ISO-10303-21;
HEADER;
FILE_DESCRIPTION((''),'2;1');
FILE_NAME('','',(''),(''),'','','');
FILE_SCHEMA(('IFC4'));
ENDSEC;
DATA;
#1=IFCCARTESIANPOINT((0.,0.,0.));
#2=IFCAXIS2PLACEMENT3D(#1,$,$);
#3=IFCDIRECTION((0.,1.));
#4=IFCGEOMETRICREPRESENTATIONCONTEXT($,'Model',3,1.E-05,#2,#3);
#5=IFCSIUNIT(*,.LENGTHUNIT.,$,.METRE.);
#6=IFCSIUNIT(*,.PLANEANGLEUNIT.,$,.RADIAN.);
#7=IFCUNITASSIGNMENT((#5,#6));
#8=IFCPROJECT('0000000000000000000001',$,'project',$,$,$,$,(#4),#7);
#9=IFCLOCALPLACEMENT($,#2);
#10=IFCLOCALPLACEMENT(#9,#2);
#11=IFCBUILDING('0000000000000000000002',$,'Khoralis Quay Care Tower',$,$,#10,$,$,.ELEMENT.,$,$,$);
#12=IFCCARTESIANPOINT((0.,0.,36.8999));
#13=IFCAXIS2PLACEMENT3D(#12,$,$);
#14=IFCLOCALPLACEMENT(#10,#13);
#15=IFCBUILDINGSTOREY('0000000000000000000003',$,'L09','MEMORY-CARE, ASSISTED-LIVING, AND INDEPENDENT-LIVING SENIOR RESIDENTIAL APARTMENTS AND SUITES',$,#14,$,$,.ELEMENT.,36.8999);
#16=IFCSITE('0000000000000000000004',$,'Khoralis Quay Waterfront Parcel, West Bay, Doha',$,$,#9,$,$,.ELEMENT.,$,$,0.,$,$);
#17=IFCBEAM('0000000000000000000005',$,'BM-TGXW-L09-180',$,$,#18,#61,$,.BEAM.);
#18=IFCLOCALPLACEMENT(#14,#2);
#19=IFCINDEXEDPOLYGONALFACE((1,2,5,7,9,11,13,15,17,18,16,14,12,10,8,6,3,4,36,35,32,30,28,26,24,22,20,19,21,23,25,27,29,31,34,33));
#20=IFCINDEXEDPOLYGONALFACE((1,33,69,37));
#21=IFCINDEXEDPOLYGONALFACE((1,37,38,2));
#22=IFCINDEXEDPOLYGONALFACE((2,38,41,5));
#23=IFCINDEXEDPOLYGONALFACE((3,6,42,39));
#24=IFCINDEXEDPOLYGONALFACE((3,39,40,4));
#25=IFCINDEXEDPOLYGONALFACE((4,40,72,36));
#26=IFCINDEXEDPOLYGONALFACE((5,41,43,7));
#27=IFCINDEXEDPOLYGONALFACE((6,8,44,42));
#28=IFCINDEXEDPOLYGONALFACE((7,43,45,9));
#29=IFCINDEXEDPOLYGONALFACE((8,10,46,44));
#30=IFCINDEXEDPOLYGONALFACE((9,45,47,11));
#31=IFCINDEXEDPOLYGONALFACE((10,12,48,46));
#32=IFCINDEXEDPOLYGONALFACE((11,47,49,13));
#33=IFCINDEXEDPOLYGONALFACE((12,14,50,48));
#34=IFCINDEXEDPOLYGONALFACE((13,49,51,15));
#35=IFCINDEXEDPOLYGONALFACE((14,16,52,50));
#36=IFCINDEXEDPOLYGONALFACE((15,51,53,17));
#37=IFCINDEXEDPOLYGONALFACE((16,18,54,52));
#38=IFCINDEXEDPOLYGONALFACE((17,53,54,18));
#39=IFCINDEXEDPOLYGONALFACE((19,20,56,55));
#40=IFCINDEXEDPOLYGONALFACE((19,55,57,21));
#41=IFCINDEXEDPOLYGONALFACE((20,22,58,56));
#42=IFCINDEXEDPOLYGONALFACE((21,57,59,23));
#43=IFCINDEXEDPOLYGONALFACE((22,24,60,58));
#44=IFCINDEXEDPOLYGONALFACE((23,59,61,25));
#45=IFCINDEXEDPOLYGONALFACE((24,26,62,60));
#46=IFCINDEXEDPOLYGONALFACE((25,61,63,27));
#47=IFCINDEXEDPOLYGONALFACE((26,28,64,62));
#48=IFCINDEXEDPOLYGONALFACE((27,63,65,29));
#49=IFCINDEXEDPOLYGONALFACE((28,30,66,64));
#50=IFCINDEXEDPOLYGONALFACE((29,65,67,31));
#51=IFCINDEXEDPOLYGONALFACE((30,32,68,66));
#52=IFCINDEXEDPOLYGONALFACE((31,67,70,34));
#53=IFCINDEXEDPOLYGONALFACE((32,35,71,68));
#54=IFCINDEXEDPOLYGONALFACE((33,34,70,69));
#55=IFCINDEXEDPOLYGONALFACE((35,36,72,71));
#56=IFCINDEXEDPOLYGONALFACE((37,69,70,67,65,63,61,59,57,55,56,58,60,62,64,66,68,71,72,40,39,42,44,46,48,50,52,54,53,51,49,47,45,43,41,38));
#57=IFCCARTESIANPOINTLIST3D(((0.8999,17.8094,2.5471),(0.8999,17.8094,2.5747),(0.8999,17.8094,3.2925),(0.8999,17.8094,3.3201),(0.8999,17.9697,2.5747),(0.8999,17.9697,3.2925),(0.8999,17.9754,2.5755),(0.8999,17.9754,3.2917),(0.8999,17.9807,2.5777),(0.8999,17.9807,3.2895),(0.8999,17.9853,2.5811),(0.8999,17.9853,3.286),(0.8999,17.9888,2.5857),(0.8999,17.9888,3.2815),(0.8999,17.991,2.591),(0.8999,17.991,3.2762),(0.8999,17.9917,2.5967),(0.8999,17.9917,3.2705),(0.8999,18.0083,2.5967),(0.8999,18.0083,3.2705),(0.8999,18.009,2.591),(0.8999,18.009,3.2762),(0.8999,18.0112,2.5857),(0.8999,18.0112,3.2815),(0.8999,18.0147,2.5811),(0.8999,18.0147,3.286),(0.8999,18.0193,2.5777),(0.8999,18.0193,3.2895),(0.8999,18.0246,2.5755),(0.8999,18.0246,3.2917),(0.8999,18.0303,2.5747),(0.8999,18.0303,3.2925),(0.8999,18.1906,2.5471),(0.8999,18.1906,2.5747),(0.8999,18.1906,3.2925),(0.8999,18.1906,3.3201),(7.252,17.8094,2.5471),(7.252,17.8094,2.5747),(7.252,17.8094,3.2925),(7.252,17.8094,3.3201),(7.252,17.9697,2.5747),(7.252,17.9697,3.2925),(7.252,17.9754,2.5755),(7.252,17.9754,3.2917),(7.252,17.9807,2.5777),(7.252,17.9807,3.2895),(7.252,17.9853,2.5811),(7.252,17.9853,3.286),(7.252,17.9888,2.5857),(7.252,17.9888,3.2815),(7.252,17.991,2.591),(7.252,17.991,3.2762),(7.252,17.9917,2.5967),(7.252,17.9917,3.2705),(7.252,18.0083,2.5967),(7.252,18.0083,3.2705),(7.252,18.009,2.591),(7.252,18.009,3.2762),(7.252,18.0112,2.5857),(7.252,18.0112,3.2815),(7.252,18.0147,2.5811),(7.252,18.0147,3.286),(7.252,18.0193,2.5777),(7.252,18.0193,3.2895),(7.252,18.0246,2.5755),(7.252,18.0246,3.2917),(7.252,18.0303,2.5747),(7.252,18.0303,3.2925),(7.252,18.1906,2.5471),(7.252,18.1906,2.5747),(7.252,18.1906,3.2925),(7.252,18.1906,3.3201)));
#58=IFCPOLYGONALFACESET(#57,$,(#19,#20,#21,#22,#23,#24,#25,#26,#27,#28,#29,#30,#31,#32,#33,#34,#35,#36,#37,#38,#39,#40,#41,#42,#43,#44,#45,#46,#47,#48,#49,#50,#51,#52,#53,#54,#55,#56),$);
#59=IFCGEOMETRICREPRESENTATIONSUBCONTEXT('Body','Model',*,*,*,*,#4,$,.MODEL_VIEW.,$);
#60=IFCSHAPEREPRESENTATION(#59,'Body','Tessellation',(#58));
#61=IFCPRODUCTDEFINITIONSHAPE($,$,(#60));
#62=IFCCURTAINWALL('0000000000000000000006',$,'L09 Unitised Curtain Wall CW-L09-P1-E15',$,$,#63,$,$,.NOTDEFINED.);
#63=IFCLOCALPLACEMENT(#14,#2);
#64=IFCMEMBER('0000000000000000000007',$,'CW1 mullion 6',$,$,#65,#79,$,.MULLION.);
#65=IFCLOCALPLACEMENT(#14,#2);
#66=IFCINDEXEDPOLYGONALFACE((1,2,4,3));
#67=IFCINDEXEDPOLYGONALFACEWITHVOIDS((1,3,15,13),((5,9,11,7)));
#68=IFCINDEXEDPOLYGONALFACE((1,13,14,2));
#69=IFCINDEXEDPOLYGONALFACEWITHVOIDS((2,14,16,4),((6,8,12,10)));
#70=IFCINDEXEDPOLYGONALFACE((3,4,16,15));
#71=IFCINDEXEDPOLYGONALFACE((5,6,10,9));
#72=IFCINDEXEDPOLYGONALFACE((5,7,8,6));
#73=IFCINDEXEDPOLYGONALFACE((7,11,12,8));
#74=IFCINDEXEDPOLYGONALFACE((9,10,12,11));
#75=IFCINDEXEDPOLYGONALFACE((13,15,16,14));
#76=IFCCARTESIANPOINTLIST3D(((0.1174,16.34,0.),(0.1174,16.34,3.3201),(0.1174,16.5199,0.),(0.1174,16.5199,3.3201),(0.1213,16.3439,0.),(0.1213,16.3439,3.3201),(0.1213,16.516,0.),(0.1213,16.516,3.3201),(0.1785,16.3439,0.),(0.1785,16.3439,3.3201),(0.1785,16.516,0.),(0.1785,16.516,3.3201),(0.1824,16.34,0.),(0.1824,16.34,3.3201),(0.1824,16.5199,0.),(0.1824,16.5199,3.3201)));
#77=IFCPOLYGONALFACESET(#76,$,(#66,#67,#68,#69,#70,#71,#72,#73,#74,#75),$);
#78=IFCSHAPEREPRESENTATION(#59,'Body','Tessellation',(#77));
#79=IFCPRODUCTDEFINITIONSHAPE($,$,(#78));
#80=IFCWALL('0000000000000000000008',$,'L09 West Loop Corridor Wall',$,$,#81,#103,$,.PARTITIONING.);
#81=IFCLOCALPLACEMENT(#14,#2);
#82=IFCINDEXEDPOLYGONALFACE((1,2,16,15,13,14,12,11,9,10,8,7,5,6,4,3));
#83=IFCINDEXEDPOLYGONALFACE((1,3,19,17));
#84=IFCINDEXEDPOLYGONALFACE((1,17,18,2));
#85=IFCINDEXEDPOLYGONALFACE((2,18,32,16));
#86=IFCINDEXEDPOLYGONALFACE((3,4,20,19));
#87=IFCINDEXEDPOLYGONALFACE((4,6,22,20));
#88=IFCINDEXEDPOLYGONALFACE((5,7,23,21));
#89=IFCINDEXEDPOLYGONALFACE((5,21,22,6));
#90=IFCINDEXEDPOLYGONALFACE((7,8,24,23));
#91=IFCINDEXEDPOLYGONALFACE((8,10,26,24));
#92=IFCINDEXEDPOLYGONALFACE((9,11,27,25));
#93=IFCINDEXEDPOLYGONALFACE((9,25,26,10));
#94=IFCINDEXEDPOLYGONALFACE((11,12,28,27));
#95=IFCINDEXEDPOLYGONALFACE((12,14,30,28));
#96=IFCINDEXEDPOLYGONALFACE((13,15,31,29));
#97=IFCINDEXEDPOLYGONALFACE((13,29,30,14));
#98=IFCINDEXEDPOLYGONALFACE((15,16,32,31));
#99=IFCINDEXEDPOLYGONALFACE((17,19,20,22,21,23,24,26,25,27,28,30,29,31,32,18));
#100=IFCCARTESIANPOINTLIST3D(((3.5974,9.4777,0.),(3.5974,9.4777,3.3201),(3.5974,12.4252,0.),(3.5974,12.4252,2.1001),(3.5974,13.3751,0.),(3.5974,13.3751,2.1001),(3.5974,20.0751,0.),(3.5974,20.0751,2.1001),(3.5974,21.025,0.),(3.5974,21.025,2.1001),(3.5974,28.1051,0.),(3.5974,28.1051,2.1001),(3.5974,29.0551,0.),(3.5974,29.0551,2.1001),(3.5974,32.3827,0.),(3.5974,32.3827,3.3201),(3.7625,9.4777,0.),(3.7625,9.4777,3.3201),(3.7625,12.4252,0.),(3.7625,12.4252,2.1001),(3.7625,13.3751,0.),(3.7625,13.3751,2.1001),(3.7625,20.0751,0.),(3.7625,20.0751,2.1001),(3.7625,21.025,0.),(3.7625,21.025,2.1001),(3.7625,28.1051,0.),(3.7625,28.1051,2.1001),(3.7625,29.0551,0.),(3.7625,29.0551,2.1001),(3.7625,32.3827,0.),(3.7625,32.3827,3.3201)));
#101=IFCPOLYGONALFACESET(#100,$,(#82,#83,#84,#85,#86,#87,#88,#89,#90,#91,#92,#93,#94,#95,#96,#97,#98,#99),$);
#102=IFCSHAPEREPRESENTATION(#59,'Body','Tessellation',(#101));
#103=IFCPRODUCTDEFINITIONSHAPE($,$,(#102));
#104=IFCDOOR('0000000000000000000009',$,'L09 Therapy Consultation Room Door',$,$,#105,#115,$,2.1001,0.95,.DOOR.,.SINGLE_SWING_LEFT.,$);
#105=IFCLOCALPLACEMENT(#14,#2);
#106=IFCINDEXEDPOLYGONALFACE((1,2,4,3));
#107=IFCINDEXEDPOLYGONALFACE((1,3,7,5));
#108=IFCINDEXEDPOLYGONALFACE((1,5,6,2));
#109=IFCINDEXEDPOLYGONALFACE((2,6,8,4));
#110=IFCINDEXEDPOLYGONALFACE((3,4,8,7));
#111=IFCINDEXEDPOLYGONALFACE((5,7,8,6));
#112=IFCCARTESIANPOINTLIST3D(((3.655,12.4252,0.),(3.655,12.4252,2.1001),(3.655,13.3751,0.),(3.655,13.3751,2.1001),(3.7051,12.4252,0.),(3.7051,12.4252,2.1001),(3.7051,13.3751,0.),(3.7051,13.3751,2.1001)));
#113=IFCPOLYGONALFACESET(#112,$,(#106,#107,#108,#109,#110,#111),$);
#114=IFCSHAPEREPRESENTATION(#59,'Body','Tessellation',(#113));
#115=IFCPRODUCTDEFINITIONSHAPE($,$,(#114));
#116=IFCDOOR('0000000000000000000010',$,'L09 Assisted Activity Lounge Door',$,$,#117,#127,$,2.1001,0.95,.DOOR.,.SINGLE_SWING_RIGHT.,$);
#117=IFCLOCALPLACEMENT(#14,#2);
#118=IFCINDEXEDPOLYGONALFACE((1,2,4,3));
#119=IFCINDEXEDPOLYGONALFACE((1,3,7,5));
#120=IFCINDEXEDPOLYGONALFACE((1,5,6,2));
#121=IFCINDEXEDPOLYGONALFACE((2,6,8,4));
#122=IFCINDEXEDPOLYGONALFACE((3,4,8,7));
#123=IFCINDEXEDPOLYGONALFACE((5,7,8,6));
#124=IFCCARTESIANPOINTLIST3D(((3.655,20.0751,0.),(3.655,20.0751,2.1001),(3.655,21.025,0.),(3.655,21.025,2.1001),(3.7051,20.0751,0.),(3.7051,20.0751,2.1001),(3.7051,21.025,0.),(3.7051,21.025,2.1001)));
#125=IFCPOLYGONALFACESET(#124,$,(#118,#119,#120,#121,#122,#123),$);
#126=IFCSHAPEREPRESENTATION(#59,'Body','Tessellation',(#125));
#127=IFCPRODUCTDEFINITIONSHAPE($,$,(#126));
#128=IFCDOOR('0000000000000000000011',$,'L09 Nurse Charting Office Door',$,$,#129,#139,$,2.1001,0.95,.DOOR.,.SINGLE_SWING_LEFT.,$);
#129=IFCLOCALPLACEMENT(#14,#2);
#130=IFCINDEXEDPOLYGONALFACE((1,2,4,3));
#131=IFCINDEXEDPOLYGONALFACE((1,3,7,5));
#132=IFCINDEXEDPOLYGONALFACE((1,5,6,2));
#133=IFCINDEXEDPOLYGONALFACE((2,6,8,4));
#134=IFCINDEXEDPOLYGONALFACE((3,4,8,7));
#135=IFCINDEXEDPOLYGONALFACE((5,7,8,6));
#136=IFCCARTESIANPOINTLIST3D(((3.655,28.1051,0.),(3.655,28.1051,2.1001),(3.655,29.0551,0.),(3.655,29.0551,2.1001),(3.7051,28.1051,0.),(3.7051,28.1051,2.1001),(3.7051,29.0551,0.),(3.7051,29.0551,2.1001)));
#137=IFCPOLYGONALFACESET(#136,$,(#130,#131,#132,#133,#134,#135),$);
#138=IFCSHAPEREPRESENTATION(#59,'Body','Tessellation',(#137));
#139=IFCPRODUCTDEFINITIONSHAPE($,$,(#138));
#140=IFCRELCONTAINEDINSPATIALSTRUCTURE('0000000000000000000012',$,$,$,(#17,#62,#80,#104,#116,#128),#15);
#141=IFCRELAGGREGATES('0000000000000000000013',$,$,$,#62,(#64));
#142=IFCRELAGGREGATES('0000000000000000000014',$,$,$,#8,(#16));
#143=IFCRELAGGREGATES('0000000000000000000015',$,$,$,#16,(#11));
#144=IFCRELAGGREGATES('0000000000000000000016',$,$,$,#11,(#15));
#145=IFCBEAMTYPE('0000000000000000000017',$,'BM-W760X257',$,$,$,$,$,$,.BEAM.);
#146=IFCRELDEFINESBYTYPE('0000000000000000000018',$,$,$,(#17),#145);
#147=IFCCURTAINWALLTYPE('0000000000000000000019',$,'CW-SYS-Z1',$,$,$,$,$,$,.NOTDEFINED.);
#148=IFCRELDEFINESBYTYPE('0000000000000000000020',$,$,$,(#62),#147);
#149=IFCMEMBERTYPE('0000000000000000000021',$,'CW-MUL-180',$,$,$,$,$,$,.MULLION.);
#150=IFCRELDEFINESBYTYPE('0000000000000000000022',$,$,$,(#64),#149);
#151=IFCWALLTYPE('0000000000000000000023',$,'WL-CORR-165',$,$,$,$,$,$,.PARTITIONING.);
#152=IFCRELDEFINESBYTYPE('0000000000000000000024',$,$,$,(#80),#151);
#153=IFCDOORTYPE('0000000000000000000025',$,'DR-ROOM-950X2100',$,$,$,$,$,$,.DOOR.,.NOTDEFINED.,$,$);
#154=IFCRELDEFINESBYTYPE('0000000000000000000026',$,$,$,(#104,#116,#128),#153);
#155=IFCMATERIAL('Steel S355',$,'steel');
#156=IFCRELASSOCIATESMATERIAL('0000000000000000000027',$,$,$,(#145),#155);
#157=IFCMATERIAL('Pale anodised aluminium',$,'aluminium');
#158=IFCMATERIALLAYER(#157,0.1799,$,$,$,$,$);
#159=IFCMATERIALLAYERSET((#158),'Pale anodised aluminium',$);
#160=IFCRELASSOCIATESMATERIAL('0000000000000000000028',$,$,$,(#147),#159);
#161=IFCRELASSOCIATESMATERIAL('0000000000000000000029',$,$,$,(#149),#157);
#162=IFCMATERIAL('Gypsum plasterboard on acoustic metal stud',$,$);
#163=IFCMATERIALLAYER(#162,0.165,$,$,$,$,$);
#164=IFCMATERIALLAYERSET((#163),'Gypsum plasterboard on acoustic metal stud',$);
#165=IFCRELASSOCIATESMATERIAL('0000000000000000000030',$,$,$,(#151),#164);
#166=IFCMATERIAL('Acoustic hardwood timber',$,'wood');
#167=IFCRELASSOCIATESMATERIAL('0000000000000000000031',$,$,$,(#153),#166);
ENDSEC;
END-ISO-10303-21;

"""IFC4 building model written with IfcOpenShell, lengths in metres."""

from ifc_helpers import new_model, si_unit, direction, frame, frame_2d, origin, origin_2d, place, context, subcontext, project, spatial, rectangle, hollow_rectangle, i_section, extrude, source, transform, mapped, material, layer, layer_set, material_profile, profile_set, type_object, element, fill, aggregate, save


model = new_model("IFC4")

# Units and contexts
model_context = context("Model", 3, precision=1e-05, world=origin(), true_north=direction((0.0, 1.0)))
body_context = subcontext(model_context, "Body", "Model", "MODEL_VIEW")
ifc_project = project(units=[si_unit("LENGTHUNIT", "METRE"), si_unit("PLANEANGLEUNIT", "RADIAN")], contexts=[model_context])

# Site, building, storey
site_placement = place(None, origin())
site = spatial("IfcSite", under=ifc_project, at=site_placement, Name="Khoralis Quay Waterfront Parcel, West Bay, Doha", CompositionType="ELEMENT", RefElevation=0.0)
building_placement = place(site_placement, origin())
building = spatial("IfcBuilding", under=site, at=building_placement, Name="Khoralis Quay Care Tower", CompositionType="ELEMENT")
storey_placement = place(building_placement, frame((0.0, 0.0, 36.8999)))
storey = spatial("IfcBuildingStorey", under=building, at=storey_placement, Name="L09", Description="MEMORY-CARE, ASSISTED-LIVING, AND INDEPENDENT-LIVING SENIOR RESIDENTIAL APARTMENTS AND SUITES", CompositionType="ELEMENT", Elevation=36.8999)

# Beam
ifc_material_1 = material(Name="Steel S355", Category="steel")
ifc_material_profile_1 = material_profile(ifc_material_1, i_section(OverallWidth=0.3811, OverallDepth=0.7729, WebThickness=0.0166, FlangeThickness=0.0276, FilletRadius=0.022, at=origin_2d()), Name="Steel S355")
ifc_profile_set_1 = profile_set([ifc_material_profile_1], Name="Steel S355")
beam_type_1 = type_object("IfcBeamType", Name="BM-W760X257", PredefinedType="BEAM", material=ifc_profile_set_1)
shared_shape_1 = source(origin(), body_context, "Body", "SweptSolid", [
    extrude(i_section(OverallWidth=0.3811, OverallDepth=0.7729, WebThickness=0.0166, FlangeThickness=0.0276, FilletRadius=0.022, at=origin_2d()), origin(), (0.0, 0.0, 1.0), 6.3521),
])
beam_1_placement = place(storey_placement, frame((0.8999, 18.0, 2.9336), z_axis=(1.0, 0.0, 0.0), x_axis=(0.0, 1.0, 0.0)))
element("IfcBeam", 1, at=beam_1_placement, inside=storey, type_object=beam_type_1, Name="BM-TGXW-L09-180", PredefinedType="BEAM", context=body_context, shape_type="MappedRepresentation", body=[
    mapped(shared_shape_1, transform((0.0, 0.0, 0.0), scale=1.0)),
])

# Curtain wall, member
ifc_material_2 = material(Name="Pale anodised aluminium", Category="aluminium")
ifc_layer_1 = layer(ifc_material_2, 0.1799)
ifc_layer_set_1 = layer_set([ifc_layer_1], Name="Pale anodised aluminium")
curtain_wall_type = type_object("IfcCurtainWallType", Name="CW-SYS-Z1", PredefinedType="NOTDEFINED", material=ifc_layer_set_1)
curtain_wall_placement = place(storey_placement, origin())
curtain_wall = element("IfcCurtainWall", 2, at=curtain_wall_placement, inside=storey, type_object=curtain_wall_type, Name="L09 Unitised Curtain Wall CW-L09-P1-E15", PredefinedType="NOTDEFINED")
ifc_material_profile_2 = material_profile(ifc_material_2, hollow_rectangle(XDim=0.0649, YDim=0.1799, WallThickness=0.0039, at=origin_2d()), Name="Pale anodised aluminium")
ifc_profile_set_2 = profile_set([ifc_material_profile_2], Name="Pale anodised aluminium")
member_type = type_object("IfcMemberType", Name="CW-MUL-180", PredefinedType="MULLION", material=ifc_profile_set_2)
shared_shape_2 = source(origin(), body_context, "Body", "SweptSolid", [
    extrude(hollow_rectangle(XDim=0.0649, YDim=0.1799, WallThickness=0.0039, at=origin_2d()), origin(), (0.0, 0.0, 1.0), 3.3201),
])
member_placement = place(storey_placement, frame((0.1499, 16.4299, 0.0), z_axis=(0.0, 0.0, 1.0), x_axis=(1.0, 0.0, 0.0)))
member = element("IfcMember", 3, at=member_placement, type_object=member_type, Name="CW1 mullion 6", PredefinedType="MULLION", context=body_context, shape_type="MappedRepresentation", body=[
    mapped(shared_shape_2, transform((0.0, 0.0, 0.0), scale=1.0)),
])
aggregate(curtain_wall, [member])

# Wall, openings, doors
ifc_material_3 = material(Name="Gypsum plasterboard on acoustic metal stud")
ifc_layer_2 = layer(ifc_material_3, 0.165)
ifc_layer_set_2 = layer_set([ifc_layer_2], Name="Gypsum plasterboard on acoustic metal stud")
wall_type_1 = type_object("IfcWallType", Name="WL-CORR-165", PredefinedType="PARTITIONING", material=ifc_layer_set_2)
wall_1_placement = place(storey_placement, frame((3.6799, 9.4775, 0.0), z_axis=(0.0, 0.0, 1.0), x_axis=(0.0, 1.0, 0.0)))
wall_1 = element("IfcWall", 4, at=wall_1_placement, inside=storey, type_object=wall_type_1, Name="L09 West Loop Corridor Wall", PredefinedType="PARTITIONING", context=body_context, shape_type="SweptSolid", body=[
    extrude(rectangle(XDim=22.905, YDim=0.165, at=frame_2d((11.4526, 0.0))), origin(), (0.0, 0.0, 1.0), 3.3201),
])
opening_1_placement = place(wall_1_placement, frame((2.9475, 0.0, 0.0)))
opening_1 = element("IfcOpeningElement", 5, at=opening_1_placement, cuts=wall_1, PredefinedType="OPENING", context=body_context, shape_type="SweptSolid", body=[
    extrude(rectangle(XDim=0.95, YDim=2.1001, at=frame_2d((0.4751, 1.05))), frame((0.0, 0.0925, 0.0), z_axis=(0.0, -1.0, 0.0), x_axis=(1.0, 0.0, 0.0)), (0.0, 0.0, 1.0), 0.1851),
])
opening_2_placement = place(wall_1_placement, frame((10.5974, 0.0, 0.0)))
opening_2 = element("IfcOpeningElement", 6, at=opening_2_placement, cuts=wall_1, PredefinedType="OPENING", context=body_context, shape_type="SweptSolid", body=[
    extrude(rectangle(XDim=0.95, YDim=2.1001, at=frame_2d((0.4751, 1.05))), frame((0.0, 0.0925, 0.0), z_axis=(0.0, -1.0, 0.0), x_axis=(1.0, 0.0, 0.0)), (0.0, 0.0, 1.0), 0.1851),
])
opening_3_placement = place(wall_1_placement, frame((18.6274, 0.0, 0.0)))
opening_3 = element("IfcOpeningElement", 7, at=opening_3_placement, cuts=wall_1, PredefinedType="OPENING", context=body_context, shape_type="SweptSolid", body=[
    extrude(rectangle(XDim=0.95, YDim=2.1001, at=frame_2d((0.4751, 1.05))), frame((0.0, 0.0925, 0.0), z_axis=(0.0, -1.0, 0.0), x_axis=(1.0, 0.0, 0.0)), (0.0, 0.0, 1.0), 0.1851),
])
ifc_material_4 = material(Name="Acoustic hardwood timber", Category="wood")
door_type = type_object("IfcDoorType", Name="DR-ROOM-950X2100", OperationType="NOTDEFINED", PredefinedType="DOOR", material=ifc_material_4)
shared_shape_3 = source(origin(), body_context, "Body", "SweptSolid", [
    extrude(rectangle(XDim=0.95, YDim=2.1001, at=frame_2d((0.4751, 1.05))), frame((0.0, 0.0249, 0.0), z_axis=(0.0, -1.0, 0.0), x_axis=(1.0, 0.0, 0.0)), (0.0, 0.0, 1.0), 0.05),
])
door_1_placement = place(opening_1_placement, origin())
door_1 = element("IfcDoor", 8, at=door_1_placement, inside=storey, type_object=door_type, Name="L09 Therapy Consultation Room Door", OperationType="SINGLE_SWING_LEFT", OverallHeight=2.1001, OverallWidth=0.95, PredefinedType="DOOR", context=body_context, shape_type="MappedRepresentation", body=[
    mapped(shared_shape_3, transform((0.0, 0.0, 0.0), scale=1.0)),
])
fill(opening_1, door_1)
door_2_placement = place(opening_2_placement, origin())
door_2 = element("IfcDoor", 9, at=door_2_placement, inside=storey, type_object=door_type, Name="L09 Assisted Activity Lounge Door", OperationType="SINGLE_SWING_RIGHT", OverallHeight=2.1001, OverallWidth=0.95, PredefinedType="DOOR", context=body_context, shape_type="MappedRepresentation", body=[
    mapped(shared_shape_3, transform((0.0, 0.0, 0.0), scale=1.0)),
])
fill(opening_2, door_2)
door_3_placement = place(opening_3_placement, origin())
door_3 = element("IfcDoor", 10, at=door_3_placement, inside=storey, type_object=door_type, Name="L09 Nurse Charting Office Door", OperationType="SINGLE_SWING_LEFT", OverallHeight=2.1001, OverallWidth=0.95, PredefinedType="DOOR", context=body_context, shape_type="MappedRepresentation", body=[
    mapped(shared_shape_3, transform((0.0, 0.0, 0.0), scale=1.0)),
])
fill(opening_3, door_3)

save(model, "model.ifc")
